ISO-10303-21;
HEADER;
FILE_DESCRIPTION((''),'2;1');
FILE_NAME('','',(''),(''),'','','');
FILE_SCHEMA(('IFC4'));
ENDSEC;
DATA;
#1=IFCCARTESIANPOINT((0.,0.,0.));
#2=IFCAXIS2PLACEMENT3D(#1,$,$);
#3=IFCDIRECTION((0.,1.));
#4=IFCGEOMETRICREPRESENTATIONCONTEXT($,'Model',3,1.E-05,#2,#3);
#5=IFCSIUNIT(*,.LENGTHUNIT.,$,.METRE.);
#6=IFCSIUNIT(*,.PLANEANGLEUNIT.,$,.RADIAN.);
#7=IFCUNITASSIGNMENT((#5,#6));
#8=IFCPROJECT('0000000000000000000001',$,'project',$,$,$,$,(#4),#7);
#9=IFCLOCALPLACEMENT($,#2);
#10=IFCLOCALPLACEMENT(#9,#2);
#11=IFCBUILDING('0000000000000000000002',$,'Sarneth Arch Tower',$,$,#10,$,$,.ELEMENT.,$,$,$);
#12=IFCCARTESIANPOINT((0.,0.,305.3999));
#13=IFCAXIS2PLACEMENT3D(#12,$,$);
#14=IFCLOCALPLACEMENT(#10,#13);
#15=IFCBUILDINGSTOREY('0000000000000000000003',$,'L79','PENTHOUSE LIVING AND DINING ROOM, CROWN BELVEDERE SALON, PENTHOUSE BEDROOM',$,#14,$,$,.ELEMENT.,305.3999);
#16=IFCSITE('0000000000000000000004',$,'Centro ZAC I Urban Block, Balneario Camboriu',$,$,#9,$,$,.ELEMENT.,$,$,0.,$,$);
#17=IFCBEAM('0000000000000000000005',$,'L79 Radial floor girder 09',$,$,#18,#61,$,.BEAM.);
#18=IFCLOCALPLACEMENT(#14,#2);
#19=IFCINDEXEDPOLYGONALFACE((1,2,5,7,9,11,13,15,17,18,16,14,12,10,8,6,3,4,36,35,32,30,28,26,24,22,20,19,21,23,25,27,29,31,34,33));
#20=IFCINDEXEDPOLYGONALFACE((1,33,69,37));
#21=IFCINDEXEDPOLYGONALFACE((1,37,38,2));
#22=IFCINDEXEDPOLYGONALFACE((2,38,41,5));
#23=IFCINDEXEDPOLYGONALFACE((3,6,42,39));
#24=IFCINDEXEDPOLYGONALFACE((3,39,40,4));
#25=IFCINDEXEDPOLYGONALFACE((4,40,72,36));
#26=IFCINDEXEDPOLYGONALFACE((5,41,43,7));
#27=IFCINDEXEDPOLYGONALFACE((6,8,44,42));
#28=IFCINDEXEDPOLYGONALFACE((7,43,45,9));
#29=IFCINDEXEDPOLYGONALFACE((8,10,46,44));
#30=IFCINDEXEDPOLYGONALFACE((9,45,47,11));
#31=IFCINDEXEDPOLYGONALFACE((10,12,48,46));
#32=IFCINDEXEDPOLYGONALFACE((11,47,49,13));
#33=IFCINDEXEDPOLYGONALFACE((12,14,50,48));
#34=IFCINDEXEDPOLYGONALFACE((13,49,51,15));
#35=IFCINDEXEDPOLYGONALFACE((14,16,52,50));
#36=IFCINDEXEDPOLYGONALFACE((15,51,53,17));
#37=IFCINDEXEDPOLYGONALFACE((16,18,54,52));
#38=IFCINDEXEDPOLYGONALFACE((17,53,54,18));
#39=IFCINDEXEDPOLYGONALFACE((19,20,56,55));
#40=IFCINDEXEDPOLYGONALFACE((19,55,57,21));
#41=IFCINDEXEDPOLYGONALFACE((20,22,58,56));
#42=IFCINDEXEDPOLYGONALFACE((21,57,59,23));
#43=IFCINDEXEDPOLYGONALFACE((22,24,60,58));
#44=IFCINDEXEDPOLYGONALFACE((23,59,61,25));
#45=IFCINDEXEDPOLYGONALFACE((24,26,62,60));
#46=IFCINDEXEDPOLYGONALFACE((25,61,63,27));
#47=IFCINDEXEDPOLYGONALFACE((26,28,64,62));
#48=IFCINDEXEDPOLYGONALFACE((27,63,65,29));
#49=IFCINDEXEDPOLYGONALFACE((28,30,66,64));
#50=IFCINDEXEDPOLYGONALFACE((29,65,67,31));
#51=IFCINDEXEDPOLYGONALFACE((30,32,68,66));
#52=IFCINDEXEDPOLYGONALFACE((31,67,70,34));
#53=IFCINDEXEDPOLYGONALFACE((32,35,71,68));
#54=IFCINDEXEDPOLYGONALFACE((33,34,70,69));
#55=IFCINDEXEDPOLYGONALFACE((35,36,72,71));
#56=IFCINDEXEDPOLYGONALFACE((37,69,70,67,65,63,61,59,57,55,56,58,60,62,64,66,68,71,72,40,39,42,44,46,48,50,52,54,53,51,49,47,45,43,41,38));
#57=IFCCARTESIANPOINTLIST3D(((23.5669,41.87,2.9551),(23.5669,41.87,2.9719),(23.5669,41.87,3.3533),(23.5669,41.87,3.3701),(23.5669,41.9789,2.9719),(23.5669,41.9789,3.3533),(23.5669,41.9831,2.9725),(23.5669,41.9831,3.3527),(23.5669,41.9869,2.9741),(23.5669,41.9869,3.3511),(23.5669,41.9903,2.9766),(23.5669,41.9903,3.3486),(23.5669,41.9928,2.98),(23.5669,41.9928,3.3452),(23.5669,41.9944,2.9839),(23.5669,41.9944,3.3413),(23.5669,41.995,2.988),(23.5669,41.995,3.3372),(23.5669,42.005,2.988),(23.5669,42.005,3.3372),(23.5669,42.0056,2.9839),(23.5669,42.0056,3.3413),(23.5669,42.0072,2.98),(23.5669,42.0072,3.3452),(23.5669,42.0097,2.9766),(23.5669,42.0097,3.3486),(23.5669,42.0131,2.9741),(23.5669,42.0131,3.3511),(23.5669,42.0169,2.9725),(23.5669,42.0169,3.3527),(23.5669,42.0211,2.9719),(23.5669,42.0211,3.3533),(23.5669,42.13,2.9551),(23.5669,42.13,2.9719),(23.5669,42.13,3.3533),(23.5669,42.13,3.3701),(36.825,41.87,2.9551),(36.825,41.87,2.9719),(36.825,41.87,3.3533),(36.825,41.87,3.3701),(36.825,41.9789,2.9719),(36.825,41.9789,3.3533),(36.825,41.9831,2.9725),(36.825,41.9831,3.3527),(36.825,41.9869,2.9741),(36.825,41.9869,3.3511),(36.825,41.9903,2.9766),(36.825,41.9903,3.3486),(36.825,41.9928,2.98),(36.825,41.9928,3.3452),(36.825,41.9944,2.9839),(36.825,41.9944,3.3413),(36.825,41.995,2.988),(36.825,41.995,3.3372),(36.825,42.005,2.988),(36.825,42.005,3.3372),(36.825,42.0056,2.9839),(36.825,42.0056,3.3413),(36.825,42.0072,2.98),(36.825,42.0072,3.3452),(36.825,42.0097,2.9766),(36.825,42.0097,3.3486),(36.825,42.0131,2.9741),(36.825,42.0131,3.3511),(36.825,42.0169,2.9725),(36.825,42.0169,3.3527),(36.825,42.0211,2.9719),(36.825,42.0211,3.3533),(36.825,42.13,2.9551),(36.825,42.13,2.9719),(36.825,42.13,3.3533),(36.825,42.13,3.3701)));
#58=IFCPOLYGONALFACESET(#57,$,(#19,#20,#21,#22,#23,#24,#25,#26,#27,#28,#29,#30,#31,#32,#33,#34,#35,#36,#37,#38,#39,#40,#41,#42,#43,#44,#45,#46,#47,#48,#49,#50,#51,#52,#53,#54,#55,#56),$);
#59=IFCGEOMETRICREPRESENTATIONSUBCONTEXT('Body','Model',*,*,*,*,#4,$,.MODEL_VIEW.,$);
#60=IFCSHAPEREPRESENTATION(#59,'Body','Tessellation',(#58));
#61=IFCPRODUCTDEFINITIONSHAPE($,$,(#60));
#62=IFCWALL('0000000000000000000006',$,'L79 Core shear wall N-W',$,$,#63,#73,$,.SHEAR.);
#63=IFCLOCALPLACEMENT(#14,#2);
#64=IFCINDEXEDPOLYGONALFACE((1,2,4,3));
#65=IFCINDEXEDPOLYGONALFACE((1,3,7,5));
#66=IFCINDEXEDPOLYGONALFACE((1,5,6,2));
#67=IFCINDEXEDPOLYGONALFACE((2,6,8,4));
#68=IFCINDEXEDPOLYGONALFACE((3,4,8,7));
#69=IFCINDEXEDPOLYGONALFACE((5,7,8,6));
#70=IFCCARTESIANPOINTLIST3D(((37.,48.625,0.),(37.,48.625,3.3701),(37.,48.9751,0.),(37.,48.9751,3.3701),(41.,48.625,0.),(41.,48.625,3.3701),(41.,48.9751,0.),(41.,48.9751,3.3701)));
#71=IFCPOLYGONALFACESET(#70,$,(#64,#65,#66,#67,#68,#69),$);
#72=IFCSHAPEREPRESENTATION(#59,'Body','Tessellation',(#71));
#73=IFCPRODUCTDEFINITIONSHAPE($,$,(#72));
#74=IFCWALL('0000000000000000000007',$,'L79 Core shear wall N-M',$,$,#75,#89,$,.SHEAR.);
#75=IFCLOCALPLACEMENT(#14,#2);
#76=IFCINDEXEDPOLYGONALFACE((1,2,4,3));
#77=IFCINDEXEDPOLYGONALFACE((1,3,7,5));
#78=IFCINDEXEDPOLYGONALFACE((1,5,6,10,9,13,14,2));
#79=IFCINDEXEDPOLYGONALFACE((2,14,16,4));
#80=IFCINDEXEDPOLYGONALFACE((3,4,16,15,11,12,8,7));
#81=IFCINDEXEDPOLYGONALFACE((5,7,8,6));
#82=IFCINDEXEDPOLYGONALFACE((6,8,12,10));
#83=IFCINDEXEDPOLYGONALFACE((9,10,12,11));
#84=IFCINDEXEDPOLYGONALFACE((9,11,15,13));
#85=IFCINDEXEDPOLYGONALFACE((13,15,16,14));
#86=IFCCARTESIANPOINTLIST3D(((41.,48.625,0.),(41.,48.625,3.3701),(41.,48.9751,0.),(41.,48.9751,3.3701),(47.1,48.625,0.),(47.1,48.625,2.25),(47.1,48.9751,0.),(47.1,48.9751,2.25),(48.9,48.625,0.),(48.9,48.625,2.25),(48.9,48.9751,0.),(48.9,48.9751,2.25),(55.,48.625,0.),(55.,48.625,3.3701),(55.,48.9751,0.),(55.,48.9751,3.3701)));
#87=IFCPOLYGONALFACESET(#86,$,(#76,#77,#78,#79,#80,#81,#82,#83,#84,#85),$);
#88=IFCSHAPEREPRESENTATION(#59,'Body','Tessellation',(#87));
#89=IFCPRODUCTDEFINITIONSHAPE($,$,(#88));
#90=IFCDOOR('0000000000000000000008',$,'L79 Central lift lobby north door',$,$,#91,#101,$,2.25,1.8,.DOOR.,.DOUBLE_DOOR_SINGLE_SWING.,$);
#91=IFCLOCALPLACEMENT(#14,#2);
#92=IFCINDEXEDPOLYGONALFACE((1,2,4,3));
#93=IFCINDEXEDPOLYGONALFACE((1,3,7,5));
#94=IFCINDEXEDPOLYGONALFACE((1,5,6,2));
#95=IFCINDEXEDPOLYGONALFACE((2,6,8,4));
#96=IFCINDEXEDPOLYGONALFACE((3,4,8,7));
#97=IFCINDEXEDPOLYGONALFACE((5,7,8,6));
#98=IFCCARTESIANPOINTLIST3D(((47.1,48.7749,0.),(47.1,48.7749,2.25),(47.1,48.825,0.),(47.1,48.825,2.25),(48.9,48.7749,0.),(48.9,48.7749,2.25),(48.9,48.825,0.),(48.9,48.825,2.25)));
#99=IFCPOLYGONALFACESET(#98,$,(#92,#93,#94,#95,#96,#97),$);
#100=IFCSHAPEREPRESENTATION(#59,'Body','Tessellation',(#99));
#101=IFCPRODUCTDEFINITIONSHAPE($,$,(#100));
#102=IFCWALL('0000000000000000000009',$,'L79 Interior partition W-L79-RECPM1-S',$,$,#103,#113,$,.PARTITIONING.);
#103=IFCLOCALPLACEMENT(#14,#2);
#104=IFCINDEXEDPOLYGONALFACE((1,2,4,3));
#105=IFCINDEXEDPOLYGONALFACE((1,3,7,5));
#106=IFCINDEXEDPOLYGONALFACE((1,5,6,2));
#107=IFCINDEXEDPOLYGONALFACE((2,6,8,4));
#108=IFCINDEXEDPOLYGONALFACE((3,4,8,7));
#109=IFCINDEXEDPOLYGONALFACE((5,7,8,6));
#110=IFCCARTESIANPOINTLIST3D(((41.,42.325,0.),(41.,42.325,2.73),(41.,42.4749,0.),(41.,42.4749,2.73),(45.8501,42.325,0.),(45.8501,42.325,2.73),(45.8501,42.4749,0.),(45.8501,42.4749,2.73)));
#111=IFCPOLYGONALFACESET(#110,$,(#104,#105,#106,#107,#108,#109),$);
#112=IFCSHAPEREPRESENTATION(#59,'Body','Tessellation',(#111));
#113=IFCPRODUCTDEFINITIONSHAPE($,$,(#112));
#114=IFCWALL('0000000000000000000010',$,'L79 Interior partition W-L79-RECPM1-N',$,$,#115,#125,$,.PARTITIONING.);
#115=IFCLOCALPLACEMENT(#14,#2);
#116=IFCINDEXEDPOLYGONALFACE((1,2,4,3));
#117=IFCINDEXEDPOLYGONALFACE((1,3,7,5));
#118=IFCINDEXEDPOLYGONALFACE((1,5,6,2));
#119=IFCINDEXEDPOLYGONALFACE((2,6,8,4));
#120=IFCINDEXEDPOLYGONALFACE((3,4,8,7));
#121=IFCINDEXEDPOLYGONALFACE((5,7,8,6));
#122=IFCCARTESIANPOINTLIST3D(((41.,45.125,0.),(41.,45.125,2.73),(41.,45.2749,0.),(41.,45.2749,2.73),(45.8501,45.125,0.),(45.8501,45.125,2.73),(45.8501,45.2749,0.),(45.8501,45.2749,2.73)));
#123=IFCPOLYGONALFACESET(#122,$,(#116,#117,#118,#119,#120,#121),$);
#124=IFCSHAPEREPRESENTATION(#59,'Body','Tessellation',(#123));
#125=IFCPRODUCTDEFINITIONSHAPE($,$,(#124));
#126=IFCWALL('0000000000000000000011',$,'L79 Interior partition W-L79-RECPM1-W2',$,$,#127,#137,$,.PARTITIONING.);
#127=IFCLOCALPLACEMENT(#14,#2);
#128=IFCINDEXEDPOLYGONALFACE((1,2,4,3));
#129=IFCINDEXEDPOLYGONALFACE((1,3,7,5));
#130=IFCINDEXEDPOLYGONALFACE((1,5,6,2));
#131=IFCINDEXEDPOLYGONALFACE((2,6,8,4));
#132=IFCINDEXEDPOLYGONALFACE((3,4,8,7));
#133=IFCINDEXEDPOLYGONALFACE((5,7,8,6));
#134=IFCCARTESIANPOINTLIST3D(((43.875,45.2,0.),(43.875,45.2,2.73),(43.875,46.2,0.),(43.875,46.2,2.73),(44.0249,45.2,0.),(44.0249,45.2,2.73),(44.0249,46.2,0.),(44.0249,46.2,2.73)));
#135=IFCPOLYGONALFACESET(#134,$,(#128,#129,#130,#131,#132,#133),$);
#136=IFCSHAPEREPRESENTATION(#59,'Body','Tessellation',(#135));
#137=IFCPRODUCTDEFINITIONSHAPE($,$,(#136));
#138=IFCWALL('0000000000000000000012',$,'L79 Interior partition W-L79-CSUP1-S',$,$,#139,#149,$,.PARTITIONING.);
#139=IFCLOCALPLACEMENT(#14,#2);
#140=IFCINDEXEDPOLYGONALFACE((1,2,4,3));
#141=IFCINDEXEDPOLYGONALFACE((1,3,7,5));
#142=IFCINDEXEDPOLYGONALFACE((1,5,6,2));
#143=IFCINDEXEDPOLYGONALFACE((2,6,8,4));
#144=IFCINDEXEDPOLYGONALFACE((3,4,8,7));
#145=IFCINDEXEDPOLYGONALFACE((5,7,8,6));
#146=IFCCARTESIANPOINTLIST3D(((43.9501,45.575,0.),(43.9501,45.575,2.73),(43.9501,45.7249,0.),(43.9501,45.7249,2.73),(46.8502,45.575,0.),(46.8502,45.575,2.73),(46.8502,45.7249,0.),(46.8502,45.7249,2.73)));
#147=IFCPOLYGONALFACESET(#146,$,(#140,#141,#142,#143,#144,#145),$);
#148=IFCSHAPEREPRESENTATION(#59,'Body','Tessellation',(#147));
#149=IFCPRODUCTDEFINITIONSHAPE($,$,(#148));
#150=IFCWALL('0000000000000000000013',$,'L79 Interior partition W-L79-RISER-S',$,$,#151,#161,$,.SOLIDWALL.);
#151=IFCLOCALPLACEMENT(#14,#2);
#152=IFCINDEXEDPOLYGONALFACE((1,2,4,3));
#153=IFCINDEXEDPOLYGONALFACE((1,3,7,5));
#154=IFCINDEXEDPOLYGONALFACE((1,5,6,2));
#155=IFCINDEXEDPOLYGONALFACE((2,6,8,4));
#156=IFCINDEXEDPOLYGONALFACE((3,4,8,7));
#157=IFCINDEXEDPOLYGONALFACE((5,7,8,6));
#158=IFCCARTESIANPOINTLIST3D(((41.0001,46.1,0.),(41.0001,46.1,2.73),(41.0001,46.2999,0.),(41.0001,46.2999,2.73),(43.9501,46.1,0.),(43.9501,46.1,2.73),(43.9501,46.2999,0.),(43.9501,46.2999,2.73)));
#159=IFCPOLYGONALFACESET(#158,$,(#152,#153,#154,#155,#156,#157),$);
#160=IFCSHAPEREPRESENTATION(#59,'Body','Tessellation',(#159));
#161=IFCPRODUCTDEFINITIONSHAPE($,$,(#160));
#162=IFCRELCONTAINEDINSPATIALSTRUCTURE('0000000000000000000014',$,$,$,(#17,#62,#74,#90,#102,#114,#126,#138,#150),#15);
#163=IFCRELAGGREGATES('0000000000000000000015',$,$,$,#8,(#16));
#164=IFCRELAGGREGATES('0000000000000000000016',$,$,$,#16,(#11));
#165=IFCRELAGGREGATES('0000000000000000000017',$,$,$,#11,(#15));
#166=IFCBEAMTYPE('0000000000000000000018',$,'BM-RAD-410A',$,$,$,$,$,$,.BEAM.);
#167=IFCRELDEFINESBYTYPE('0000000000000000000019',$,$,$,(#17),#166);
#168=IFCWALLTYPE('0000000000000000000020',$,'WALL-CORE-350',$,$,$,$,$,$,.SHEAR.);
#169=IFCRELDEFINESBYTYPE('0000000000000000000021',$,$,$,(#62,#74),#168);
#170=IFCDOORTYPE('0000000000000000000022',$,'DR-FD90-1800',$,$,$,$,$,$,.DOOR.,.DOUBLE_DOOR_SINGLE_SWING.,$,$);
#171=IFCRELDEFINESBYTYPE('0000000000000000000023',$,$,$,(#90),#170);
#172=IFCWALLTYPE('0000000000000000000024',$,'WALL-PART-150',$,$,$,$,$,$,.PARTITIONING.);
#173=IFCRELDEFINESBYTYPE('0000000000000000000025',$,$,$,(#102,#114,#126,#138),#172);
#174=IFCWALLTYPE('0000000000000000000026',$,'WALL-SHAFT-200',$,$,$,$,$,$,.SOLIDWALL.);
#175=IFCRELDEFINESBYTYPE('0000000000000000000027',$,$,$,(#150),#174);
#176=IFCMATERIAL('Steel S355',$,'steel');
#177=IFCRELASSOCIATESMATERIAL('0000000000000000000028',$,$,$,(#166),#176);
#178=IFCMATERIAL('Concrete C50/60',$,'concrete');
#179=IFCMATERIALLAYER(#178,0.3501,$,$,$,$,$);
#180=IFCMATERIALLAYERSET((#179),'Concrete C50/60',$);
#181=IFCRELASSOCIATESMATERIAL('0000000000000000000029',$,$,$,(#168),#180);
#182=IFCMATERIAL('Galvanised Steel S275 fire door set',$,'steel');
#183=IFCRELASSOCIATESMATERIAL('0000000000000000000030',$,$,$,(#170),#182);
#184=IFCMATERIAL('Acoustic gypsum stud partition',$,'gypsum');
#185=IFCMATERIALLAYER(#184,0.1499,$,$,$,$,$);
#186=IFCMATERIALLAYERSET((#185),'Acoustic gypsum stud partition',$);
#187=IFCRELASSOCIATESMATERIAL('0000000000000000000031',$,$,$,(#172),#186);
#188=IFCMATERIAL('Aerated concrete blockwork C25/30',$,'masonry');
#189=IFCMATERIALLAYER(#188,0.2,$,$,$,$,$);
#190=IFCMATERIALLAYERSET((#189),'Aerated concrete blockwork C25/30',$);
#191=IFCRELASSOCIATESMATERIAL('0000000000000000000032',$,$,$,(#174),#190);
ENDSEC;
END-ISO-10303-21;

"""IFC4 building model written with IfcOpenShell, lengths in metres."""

from ifc_helpers import new_model, si_unit, direction, frame, frame_2d, origin, origin_2d, place, context, subcontext, project, spatial, rectangle, i_section, extrude, material, layer, layer_set, material_profile, profile_set, type_object, element, fill, save


model = new_model("IFC4")

# Units and contexts
model_context = context("Model", 3, precision=1e-05, world=origin(), true_north=direction((0.0, 1.0)))
body_context = subcontext(model_context, "Body", "Model", "MODEL_VIEW")
ifc_project = project(units=[si_unit("LENGTHUNIT", "METRE"), si_unit("PLANEANGLEUNIT", "RADIAN")], contexts=[model_context])

# Site, building, storey
site_placement = place(None, origin())
site = spatial("IfcSite", under=ifc_project, at=site_placement, Name="Centro ZAC I Urban Block, Balneario Camboriu", CompositionType="ELEMENT", RefElevation=0.0)
building_placement = place(site_placement, origin())
building = spatial("IfcBuilding", under=site, at=building_placement, Name="Sarneth Arch Tower", CompositionType="ELEMENT")
storey_placement = place(building_placement, frame((0.0, 0.0, 305.3999)))
storey = spatial("IfcBuildingStorey", under=building, at=storey_placement, Name="L79", Description="PENTHOUSE LIVING AND DINING ROOM, CROWN BELVEDERE SALON, PENTHOUSE BEDROOM", CompositionType="ELEMENT", Elevation=305.3999)

# Beam
ifc_material_1 = material(Name="Steel S355", Category="steel")
ifc_material_profile = material_profile(ifc_material_1, i_section(OverallWidth=0.26, OverallDepth=0.415, WebThickness=0.01, FlangeThickness=0.0168, FilletRadius=0.0161, at=origin_2d()), Name="W410x100")
ifc_profile_set = profile_set([ifc_material_profile], Name="Steel S355")
beam_type = type_object("IfcBeamType", Name="BM-RAD-410A", PredefinedType="BEAM", material=ifc_profile_set)
beam_1_placement = place(storey_placement, frame((36.825, 42.0, 3.1626), z_axis=(-1.0, 0.0, 0.0), x_axis=(0.0, -1.0, 0.0)))
element("IfcBeam", 1, at=beam_1_placement, inside=storey, type_object=beam_type, Name="L79 Radial floor girder 09", PredefinedType="BEAM", context=body_context, shape_type="SweptSolid", body=[
    extrude(i_section(OverallWidth=0.26, OverallDepth=0.415, WebThickness=0.01, FlangeThickness=0.0168, FilletRadius=0.0161, at=origin_2d()), origin(), (0.0, 0.0, 1.0), 13.2581),
])

# Wall
ifc_material_2 = material(Name="Concrete C50/60", Category="concrete")
ifc_layer_1 = layer(ifc_material_2, 0.3501)
ifc_layer_set_1 = layer_set([ifc_layer_1], Name="Concrete C50/60")
wall_type_1 = type_object("IfcWallType", Name="WALL-CORE-350", PredefinedType="SHEAR", material=ifc_layer_set_1)
wall_1_placement = place(storey_placement, frame((37.0, 48.8, 0.0), z_axis=(0.0, 0.0, 1.0), x_axis=(1.0, 0.0, 0.0)))
element("IfcWall", 2, at=wall_1_placement, inside=storey, type_object=wall_type_1, Name="L79 Core shear wall N-W", PredefinedType="SHEAR", context=body_context, shape_type="SweptSolid", body=[
    extrude(rectangle(XDim=4.0, YDim=0.3501, at=frame_2d((2.0, 0.0))), origin(), (0.0, 0.0, 1.0), 3.3701),
])

# Wall, opening, door
wall_2_placement = place(storey_placement, frame((41.0, 48.8, 0.0), z_axis=(0.0, 0.0, 1.0), x_axis=(1.0, 0.0, 0.0)))
wall_2 = element("IfcWall", 3, at=wall_2_placement, inside=storey, type_object=wall_type_1, Name="L79 Core shear wall N-M", PredefinedType="SHEAR", context=body_context, shape_type="SweptSolid", body=[
    extrude(rectangle(XDim=14.0, YDim=0.3501, at=frame_2d((7.0, 0.0))), origin(), (0.0, 0.0, 1.0), 3.3701),
])
opening_1_placement = place(wall_2_placement, frame((6.1001, 0.0, 0.0)))
opening_1 = element("IfcOpeningElement", 4, at=opening_1_placement, cuts=wall_2, PredefinedType="OPENING", context=body_context, shape_type="SweptSolid", body=[
    extrude(rectangle(XDim=1.8, YDim=2.25, at=frame_2d((0.8999, 1.125))), frame((0.0, 0.1851, 0.0), z_axis=(0.0, -1.0, 0.0), x_axis=(1.0, 0.0, 0.0)), (0.0, 0.0, 1.0), 0.3701),
])
ifc_material_3 = material(Name="Galvanised Steel S275 fire door set", Category="steel")
door_type_1 = type_object("IfcDoorType", Name="DR-FD90-1800", OperationType="DOUBLE_DOOR_SINGLE_SWING", PredefinedType="DOOR", material=ifc_material_3)
door_1_placement = place(opening_1_placement, origin())
door_1 = element("IfcDoor", 5, at=door_1_placement, inside=storey, type_object=door_type_1, Name="L79 Central lift lobby north door", OperationType="DOUBLE_DOOR_SINGLE_SWING", OverallHeight=2.25, OverallWidth=1.8, PredefinedType="DOOR", context=body_context, shape_type="SweptSolid", body=[
    extrude(rectangle(XDim=1.8, YDim=2.25, at=frame_2d((0.8999, 1.125))), frame((0.0, 0.0249, 0.0), z_axis=(0.0, -1.0, 0.0), x_axis=(1.0, 0.0, 0.0)), (0.0, 0.0, 1.0), 0.05),
])
fill(opening_1, door_1)

# Walls
ifc_material_4 = material(Name="Acoustic gypsum stud partition", Category="gypsum")
ifc_layer_2 = layer(ifc_material_4, 0.1499)
ifc_layer_set_2 = layer_set([ifc_layer_2], Name="Acoustic gypsum stud partition")
wall_type_2 = type_object("IfcWallType", Name="WALL-PART-150", PredefinedType="PARTITIONING", material=ifc_layer_set_2)
for number, where, z_axis, x_axis, name in (
    (6, (41.0, 42.3999, 0.0), (0.0, 0.0, 1.0), (1.0, 0.0, 0.0), "L79 Interior partition W-L79-RECPM1-S"),
    (7, (41.0, 45.2, 0.0), (0.0, 0.0, 1.0), (1.0, 0.0, 0.0), "L79 Interior partition W-L79-RECPM1-N"),
):
    element("IfcWall", number, at=place(storey_placement, frame(where, z_axis=z_axis, x_axis=x_axis)), inside=storey, type_object=wall_type_2, Name=name, PredefinedType="PARTITIONING", context=body_context, shape_type="SweptSolid", body=[
        extrude(rectangle(XDim=4.8501, YDim=0.1499, at=frame_2d((2.425, 0.0))), origin(), (0.0, 0.0, 1.0), 2.73),
    ])
wall_3_placement = place(storey_placement, frame((43.95, 45.2, 0.0), z_axis=(0.0, 0.0, 1.0), x_axis=(0.0, 1.0, 0.0)))
element("IfcWall", 8, at=wall_3_placement, inside=storey, type_object=wall_type_2, Name="L79 Interior partition W-L79-RECPM1-W2", PredefinedType="PARTITIONING", context=body_context, shape_type="SweptSolid", body=[
    extrude(rectangle(XDim=1.0, YDim=0.1499, at=frame_2d((0.5, 0.0))), origin(), (0.0, 0.0, 1.0), 2.73),
])

# Wall
wall_4_placement = place(storey_placement, frame((43.95, 45.6499, 0.0), z_axis=(0.0, 0.0, 1.0), x_axis=(1.0, 0.0, 0.0)))
element("IfcWall", 9, at=wall_4_placement, inside=storey, type_object=wall_type_2, Name="L79 Interior partition W-L79-CSUP1-S", PredefinedType="PARTITIONING", context=body_context, shape_type="SweptSolid", body=[
    extrude(rectangle(XDim=2.9001, YDim=0.1499, at=frame_2d((1.4502, 0.0))), origin(), (0.0, 0.0, 1.0), 2.73),
])

# Wall
ifc_material_5 = material(Name="Aerated concrete blockwork C25/30", Category="masonry")
ifc_layer_3 = layer(ifc_material_5, 0.2)
ifc_layer_set_3 = layer_set([ifc_layer_3], Name="Aerated concrete blockwork C25/30")
wall_type_3 = type_object("IfcWallType", Name="WALL-SHAFT-200", PredefinedType="SOLIDWALL", material=ifc_layer_set_3)
wall_5_placement = place(storey_placement, frame((41.0, 46.2, 0.0), z_axis=(0.0, 0.0, 1.0), x_axis=(1.0, 0.0, 0.0)))
element("IfcWall", 10, at=wall_5_placement, inside=storey, type_object=wall_type_3, Name="L79 Interior partition W-L79-RISER-S", PredefinedType="SOLIDWALL", context=body_context, shape_type="SweptSolid", body=[
    extrude(rectangle(XDim=2.95, YDim=0.2, at=frame_2d((1.4751, 0.0))), origin(), (0.0, 0.0, 1.0), 2.73),
])

save(model, "model.ifc")
